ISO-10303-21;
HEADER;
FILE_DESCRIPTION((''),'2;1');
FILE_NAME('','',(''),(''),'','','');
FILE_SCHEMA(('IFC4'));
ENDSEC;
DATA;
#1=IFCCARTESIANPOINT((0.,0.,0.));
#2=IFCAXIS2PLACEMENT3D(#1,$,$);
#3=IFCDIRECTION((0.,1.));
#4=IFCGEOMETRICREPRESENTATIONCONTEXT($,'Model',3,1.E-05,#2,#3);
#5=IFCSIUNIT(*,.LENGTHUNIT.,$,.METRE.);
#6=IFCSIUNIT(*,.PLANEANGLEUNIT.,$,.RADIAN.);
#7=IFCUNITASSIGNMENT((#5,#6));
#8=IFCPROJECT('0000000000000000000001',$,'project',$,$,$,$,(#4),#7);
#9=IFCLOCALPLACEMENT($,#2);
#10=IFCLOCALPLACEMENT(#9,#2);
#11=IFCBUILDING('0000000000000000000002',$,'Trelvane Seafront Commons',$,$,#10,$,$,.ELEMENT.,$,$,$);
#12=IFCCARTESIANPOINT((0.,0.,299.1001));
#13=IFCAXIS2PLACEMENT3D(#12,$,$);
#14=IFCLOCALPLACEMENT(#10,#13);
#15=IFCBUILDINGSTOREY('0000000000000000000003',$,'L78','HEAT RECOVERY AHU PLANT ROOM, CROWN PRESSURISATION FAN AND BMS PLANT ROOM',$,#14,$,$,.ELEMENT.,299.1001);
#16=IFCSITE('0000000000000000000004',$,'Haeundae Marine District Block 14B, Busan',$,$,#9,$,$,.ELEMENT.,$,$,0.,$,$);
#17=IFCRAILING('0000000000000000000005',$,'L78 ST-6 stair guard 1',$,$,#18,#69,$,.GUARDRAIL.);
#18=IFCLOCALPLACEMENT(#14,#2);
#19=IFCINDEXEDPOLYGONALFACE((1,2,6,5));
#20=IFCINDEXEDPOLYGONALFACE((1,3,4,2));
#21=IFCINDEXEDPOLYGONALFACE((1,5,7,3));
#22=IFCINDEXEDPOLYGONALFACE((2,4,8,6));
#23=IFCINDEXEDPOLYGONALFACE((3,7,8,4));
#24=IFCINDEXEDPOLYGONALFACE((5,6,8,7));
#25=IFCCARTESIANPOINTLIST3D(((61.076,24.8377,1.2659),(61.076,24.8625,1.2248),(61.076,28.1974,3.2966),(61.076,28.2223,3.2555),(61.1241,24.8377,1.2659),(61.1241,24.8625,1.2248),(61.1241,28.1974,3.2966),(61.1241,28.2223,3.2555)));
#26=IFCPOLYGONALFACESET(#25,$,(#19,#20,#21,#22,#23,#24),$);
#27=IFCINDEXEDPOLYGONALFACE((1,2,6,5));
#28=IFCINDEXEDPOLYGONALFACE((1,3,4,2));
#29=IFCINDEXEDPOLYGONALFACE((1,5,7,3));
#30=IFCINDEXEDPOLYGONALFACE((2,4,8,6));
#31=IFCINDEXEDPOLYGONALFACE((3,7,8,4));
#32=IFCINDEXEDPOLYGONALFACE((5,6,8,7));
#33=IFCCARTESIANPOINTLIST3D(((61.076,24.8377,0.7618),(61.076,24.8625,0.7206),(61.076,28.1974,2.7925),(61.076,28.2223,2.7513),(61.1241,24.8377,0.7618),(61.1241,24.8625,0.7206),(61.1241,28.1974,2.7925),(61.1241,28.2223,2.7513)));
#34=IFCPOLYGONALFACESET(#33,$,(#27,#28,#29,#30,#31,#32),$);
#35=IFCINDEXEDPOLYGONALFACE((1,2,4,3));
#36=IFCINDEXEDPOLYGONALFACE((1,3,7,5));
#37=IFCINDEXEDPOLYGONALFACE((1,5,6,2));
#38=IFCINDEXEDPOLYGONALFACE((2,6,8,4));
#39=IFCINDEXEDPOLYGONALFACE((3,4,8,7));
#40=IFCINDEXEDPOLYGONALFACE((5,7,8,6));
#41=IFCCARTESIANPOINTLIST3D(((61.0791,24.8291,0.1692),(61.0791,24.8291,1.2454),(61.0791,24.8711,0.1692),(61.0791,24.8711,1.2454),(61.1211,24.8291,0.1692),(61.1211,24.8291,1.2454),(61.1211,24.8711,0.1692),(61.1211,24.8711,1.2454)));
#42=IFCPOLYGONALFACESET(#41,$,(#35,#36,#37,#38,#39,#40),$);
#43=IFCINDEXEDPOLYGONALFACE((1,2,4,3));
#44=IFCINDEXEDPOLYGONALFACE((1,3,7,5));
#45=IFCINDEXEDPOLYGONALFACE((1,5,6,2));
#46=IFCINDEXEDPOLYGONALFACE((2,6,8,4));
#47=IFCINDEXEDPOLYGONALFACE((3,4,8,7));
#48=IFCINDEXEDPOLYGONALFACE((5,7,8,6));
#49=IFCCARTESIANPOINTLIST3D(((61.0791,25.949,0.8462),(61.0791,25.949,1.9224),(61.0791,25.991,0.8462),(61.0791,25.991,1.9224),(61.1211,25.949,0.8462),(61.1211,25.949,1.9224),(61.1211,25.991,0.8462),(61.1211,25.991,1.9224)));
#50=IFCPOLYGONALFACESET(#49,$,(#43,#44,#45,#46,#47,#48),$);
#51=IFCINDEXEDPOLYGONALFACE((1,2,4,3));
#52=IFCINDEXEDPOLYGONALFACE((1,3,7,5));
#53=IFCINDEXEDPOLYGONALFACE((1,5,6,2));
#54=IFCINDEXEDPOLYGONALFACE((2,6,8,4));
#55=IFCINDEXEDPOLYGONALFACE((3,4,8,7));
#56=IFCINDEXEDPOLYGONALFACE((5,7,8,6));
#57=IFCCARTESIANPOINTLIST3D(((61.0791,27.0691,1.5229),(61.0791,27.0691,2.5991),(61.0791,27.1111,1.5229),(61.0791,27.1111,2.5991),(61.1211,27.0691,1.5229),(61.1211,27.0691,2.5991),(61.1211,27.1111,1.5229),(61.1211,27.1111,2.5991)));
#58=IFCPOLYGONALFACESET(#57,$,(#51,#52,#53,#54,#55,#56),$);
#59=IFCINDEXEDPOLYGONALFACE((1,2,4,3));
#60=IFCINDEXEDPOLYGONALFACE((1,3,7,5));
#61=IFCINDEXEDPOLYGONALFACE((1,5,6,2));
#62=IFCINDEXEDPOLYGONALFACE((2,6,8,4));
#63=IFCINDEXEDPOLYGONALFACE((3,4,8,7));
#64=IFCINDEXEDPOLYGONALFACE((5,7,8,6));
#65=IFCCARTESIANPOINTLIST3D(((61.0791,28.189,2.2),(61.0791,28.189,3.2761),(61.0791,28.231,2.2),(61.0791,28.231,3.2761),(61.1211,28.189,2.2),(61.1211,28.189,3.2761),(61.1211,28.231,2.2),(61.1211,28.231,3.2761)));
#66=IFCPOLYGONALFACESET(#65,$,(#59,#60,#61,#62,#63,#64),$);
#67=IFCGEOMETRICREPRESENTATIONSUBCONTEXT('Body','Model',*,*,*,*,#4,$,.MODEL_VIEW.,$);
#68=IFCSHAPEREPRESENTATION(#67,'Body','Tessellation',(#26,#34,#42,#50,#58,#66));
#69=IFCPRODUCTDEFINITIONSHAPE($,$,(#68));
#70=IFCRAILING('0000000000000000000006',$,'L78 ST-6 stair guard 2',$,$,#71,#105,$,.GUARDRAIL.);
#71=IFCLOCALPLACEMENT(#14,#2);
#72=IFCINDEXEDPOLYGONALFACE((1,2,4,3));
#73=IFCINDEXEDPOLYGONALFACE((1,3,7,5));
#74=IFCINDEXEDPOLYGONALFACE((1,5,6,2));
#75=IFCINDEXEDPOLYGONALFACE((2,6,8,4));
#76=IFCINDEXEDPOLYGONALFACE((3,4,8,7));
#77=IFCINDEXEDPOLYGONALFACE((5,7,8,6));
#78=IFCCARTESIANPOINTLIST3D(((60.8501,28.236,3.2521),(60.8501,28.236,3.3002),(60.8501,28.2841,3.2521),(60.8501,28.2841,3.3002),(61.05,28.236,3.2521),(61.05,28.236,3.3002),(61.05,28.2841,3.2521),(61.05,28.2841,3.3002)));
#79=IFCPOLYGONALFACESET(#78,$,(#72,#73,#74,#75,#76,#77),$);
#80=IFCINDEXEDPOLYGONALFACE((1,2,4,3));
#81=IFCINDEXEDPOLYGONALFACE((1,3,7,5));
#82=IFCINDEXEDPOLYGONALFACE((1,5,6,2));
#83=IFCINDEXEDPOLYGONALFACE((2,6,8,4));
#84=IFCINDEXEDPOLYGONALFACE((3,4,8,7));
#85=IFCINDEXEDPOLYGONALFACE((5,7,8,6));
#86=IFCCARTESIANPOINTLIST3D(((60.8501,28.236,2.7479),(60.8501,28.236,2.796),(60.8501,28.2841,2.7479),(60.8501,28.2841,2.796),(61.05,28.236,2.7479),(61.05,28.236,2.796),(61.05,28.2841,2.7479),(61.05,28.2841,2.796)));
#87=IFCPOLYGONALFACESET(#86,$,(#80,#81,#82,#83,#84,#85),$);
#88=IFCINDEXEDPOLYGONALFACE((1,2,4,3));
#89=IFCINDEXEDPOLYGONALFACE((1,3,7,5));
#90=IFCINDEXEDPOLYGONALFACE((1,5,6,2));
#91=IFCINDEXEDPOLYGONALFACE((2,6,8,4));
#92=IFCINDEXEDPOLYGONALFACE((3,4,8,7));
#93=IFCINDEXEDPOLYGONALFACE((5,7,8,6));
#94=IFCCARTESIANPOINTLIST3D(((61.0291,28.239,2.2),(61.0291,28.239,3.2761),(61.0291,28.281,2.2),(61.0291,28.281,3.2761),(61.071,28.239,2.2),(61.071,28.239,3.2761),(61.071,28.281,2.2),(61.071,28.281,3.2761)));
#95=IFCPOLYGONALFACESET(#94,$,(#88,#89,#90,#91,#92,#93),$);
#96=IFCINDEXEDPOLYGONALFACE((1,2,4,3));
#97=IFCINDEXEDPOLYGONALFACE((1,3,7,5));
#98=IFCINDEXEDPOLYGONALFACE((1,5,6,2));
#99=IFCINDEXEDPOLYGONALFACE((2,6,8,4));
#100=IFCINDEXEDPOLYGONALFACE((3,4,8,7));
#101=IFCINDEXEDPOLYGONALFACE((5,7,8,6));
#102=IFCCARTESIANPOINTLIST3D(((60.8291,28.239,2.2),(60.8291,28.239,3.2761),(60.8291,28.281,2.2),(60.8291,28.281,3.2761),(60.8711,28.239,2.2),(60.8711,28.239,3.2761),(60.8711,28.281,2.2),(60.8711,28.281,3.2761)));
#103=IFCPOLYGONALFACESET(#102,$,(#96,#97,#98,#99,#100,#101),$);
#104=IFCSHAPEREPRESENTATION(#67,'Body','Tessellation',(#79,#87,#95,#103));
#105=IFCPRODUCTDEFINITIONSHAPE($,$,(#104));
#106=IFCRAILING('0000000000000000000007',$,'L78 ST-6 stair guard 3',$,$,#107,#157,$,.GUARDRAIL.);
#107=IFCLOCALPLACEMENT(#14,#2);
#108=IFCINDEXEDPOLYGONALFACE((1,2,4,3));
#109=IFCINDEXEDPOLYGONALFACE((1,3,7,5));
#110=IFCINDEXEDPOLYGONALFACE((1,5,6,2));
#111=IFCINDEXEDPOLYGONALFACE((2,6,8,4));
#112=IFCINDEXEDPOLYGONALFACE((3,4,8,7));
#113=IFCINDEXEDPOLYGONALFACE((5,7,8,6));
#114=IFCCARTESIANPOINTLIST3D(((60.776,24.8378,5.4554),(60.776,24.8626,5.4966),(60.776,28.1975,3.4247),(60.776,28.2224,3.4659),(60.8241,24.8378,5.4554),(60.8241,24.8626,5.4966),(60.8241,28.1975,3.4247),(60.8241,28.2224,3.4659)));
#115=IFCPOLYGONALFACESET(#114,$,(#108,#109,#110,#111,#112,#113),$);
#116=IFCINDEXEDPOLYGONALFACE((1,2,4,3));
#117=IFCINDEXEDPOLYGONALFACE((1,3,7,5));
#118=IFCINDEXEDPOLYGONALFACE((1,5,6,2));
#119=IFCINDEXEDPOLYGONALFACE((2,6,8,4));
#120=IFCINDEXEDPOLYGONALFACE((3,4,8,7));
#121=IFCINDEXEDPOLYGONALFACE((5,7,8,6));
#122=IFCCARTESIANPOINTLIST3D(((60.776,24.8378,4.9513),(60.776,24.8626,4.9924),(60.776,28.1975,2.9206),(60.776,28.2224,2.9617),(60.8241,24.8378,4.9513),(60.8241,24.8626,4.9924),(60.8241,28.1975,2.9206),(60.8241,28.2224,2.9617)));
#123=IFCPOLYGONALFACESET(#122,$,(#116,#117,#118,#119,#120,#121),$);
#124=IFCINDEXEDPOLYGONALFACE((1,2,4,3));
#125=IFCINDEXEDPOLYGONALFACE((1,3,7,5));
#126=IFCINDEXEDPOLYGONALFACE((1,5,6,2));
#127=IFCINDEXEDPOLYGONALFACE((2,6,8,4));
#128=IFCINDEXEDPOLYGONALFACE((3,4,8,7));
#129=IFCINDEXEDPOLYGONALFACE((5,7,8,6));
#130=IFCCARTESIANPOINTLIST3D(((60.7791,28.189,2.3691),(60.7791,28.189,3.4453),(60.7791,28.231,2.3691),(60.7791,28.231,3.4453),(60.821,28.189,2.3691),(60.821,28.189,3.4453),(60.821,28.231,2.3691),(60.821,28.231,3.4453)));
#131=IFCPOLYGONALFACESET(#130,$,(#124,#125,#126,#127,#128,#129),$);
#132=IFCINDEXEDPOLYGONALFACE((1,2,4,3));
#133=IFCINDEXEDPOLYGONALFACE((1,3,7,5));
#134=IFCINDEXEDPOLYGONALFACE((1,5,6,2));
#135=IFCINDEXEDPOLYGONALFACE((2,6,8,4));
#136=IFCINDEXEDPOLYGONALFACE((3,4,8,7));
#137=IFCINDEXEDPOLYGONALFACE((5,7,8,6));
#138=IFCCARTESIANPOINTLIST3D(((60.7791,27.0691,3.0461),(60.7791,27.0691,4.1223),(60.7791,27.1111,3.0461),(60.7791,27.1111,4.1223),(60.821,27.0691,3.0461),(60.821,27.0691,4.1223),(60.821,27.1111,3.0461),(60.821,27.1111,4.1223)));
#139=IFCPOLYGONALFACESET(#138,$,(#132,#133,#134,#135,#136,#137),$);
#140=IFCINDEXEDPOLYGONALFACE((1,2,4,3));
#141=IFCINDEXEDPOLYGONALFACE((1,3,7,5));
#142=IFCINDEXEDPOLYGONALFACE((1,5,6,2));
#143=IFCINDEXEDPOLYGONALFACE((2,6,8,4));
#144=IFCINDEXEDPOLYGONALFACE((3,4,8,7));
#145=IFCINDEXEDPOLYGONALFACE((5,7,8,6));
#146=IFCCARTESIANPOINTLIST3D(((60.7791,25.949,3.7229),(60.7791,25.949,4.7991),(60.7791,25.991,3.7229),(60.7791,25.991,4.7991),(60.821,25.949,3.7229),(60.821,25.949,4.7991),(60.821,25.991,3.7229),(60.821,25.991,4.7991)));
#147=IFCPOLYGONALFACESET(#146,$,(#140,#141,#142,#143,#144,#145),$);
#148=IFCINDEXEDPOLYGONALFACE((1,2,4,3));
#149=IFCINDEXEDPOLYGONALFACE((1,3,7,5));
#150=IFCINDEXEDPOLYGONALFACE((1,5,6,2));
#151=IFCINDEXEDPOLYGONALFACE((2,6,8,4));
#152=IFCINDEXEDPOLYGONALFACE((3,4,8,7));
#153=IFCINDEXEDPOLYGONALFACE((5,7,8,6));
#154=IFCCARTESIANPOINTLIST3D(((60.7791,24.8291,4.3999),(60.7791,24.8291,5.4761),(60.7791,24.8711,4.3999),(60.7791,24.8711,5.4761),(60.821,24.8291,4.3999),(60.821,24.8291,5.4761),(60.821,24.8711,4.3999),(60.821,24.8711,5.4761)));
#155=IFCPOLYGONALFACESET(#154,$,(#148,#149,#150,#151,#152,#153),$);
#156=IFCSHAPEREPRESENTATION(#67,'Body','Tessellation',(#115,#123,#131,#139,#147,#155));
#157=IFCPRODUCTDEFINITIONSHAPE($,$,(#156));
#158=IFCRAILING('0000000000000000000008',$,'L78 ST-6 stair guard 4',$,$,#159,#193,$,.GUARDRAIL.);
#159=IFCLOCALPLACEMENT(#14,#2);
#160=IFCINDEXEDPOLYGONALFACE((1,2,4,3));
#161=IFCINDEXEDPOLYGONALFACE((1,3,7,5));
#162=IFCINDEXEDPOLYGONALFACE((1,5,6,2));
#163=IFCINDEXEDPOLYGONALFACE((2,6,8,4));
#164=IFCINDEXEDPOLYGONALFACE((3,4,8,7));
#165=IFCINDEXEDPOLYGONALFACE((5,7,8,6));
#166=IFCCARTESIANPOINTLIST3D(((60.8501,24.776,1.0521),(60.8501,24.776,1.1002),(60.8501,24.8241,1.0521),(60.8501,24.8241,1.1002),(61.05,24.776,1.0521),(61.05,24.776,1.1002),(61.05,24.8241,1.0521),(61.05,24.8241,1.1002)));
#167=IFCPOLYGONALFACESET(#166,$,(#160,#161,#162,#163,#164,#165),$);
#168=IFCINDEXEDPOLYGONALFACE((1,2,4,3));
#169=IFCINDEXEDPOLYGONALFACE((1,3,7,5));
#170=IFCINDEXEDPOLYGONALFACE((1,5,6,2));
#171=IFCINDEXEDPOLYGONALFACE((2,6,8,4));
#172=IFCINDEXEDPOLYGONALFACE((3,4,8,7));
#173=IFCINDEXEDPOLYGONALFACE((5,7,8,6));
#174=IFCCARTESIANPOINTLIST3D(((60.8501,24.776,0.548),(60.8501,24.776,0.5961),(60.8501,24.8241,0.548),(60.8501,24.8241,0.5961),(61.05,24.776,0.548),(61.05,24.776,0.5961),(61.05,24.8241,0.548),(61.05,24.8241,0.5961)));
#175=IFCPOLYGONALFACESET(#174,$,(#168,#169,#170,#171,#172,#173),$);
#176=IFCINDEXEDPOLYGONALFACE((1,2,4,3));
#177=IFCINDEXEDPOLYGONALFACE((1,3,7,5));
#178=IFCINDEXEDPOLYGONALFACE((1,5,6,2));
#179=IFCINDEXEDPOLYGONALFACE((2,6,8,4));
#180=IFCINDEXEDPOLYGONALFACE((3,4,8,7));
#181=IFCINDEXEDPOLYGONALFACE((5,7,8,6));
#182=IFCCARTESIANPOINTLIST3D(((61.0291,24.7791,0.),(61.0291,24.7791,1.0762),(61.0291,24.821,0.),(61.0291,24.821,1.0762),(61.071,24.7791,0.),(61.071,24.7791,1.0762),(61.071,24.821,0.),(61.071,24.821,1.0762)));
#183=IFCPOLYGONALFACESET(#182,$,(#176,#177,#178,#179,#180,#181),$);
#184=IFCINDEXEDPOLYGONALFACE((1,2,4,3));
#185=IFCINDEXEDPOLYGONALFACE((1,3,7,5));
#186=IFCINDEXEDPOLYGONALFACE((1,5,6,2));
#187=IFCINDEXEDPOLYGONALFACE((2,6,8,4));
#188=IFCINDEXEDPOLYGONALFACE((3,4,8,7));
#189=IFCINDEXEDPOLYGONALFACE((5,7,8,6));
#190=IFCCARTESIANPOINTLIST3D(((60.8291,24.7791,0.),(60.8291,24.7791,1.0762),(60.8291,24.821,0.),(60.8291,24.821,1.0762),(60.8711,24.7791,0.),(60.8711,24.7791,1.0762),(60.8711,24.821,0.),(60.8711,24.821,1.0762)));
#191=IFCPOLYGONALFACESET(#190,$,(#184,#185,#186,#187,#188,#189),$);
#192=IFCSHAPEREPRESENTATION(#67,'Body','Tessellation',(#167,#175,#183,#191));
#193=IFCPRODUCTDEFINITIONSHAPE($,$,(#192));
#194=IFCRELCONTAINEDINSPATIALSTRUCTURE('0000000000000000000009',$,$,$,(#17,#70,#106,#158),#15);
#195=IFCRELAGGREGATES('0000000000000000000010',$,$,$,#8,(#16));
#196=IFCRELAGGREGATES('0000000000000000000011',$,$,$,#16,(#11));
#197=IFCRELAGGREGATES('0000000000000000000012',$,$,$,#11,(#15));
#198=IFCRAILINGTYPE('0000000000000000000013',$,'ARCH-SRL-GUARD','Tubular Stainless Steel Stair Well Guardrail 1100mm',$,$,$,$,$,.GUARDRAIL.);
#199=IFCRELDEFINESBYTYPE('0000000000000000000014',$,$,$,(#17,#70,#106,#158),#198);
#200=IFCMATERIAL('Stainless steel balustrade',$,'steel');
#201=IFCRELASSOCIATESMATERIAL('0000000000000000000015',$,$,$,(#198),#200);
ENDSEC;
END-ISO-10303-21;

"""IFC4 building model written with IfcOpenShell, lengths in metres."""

from ifc_helpers import new_model, si_unit, direction, frame, origin, origin_2d, place, context, subcontext, project, spatial, rectangle, extrude, material, type_object, element, save


model = new_model("IFC4")

# Units and contexts
model_context = context("Model", 3, precision=1e-05, world=origin(), true_north=direction((0.0, 1.0)))
body_context = subcontext(model_context, "Body", "Model", "MODEL_VIEW")
ifc_project = project(units=[si_unit("LENGTHUNIT", "METRE"), si_unit("PLANEANGLEUNIT", "RADIAN")], contexts=[model_context])

# Site, building, storey
site_placement = place(None, origin())
site = spatial("IfcSite", under=ifc_project, at=site_placement, Name="Haeundae Marine District Block 14B, Busan", CompositionType="ELEMENT", RefElevation=0.0)
building_placement = place(site_placement, origin())
building = spatial("IfcBuilding", under=site, at=building_placement, Name="Trelvane Seafront Commons", CompositionType="ELEMENT")
storey_placement = place(building_placement, frame((0.0, 0.0, 299.1001)))
storey = spatial("IfcBuildingStorey", under=building, at=storey_placement, Name="L78", Description="HEAT RECOVERY AHU PLANT ROOM, CROWN PRESSURISATION FAN AND BMS PLANT ROOM", CompositionType="ELEMENT", Elevation=299.1001)

# Railings
ifc_material_1 = material(Name="Stainless steel balustrade", Category="steel")
railing_type_1 = type_object("IfcRailingType", Name="ARCH-SRL-GUARD", Description="Tubular Stainless Steel Stair Well Guardrail 1100mm", PredefinedType="GUARDRAIL", material=ifc_material_1)
railing_1_placement = place(storey_placement, frame((61.1001, 24.8501, 0.1692)))
element("IfcRailing", 1, at=railing_1_placement, inside=storey, type_object=railing_type_1, Name="L78 ST-6 stair guard 1", PredefinedType="GUARDRAIL", context=body_context, shape_type="SweptSolid", body=[
    extrude(rectangle(XDim=0.0481, YDim=0.0481, at=origin_2d()), frame((0.0, 0.0, 1.0762), z_axis=(0.0, 0.85582, 0.517273), x_axis=(-1.0, 0.0, 0.0)), (0.0, 0.0, 1.0), 3.9258),
    extrude(rectangle(XDim=0.0481, YDim=0.0481, at=origin_2d()), frame((0.0, 0.0, 0.572), z_axis=(0.0, 0.85582, 0.517273), x_axis=(-1.0, 0.0, 0.0)), (0.0, 0.0, 1.0), 3.9258),
    extrude(rectangle(XDim=0.042, YDim=0.042, at=origin_2d()), origin(), (0.0, 0.0, 1.0), 1.0762),
    extrude(rectangle(XDim=0.042, YDim=0.042, at=origin_2d()), frame((0.0, 1.1199, 0.677)), (0.0, 0.0, 1.0), 1.0762),
    extrude(rectangle(XDim=0.042, YDim=0.042, at=origin_2d()), frame((0.0, 2.24, 1.3538)), (0.0, 0.0, 1.0), 1.0762),
    extrude(rectangle(XDim=0.042, YDim=0.042, at=origin_2d()), frame((0.0, 3.3599, 2.0308)), (0.0, 0.0, 1.0), 1.0762),
])
railing_2_placement = place(storey_placement, frame((61.05, 28.26, 2.2)))
element("IfcRailing", 2, at=railing_2_placement, inside=storey, type_object=railing_type_1, Name="L78 ST-6 stair guard 2", PredefinedType="GUARDRAIL", context=body_context, shape_type="SweptSolid", body=[
    extrude(rectangle(XDim=0.0481, YDim=0.0481, at=origin_2d()), frame((0.0, 0.0, 1.0762), z_axis=(-1.0, 0.0, 0.0), x_axis=(0.0, -1.0, 0.0)), (0.0, 0.0, 1.0), 0.2),
    extrude(rectangle(XDim=0.0481, YDim=0.0481, at=origin_2d()), frame((0.0, 0.0, 0.572), z_axis=(-1.0, 0.0, 0.0), x_axis=(0.0, -1.0, 0.0)), (0.0, 0.0, 1.0), 0.2),
    extrude(rectangle(XDim=0.042, YDim=0.042, at=origin_2d()), origin(), (0.0, 0.0, 1.0), 1.0762),
    extrude(rectangle(XDim=0.042, YDim=0.042, at=origin_2d()), frame((-0.2, 0.0, 0.0)), (0.0, 0.0, 1.0), 1.0762),
])
railing_3_placement = place(storey_placement, frame((60.8, 28.21, 2.3691)))
element("IfcRailing", 3, at=railing_3_placement, inside=storey, type_object=railing_type_1, Name="L78 ST-6 stair guard 3", PredefinedType="GUARDRAIL", context=body_context, shape_type="SweptSolid", body=[
    extrude(rectangle(XDim=0.0481, YDim=0.0481, at=origin_2d()), frame((0.0, 0.0, 1.0762), z_axis=(0.0, -0.85582, 0.517273), x_axis=(1.0, 0.0, 0.0)), (0.0, 0.0, 1.0), 3.9258),
    extrude(rectangle(XDim=0.0481, YDim=0.0481, at=origin_2d()), frame((0.0, 0.0, 0.572), z_axis=(0.0, -0.85582, 0.517273), x_axis=(1.0, 0.0, 0.0)), (0.0, 0.0, 1.0), 3.9258),
    extrude(rectangle(XDim=0.042, YDim=0.042, at=origin_2d()), origin(), (0.0, 0.0, 1.0), 1.0762),
    extrude(rectangle(XDim=0.042, YDim=0.042, at=origin_2d()), frame((0.0, -1.1199, 0.677)), (0.0, 0.0, 1.0), 1.0762),
    extrude(rectangle(XDim=0.042, YDim=0.042, at=origin_2d()), frame((0.0, -2.24, 1.3538)), (0.0, 0.0, 1.0), 1.0762),
    extrude(rectangle(XDim=0.042, YDim=0.042, at=origin_2d()), frame((0.0, -3.3599, 2.0308)), (0.0, 0.0, 1.0), 1.0762),
])
railing_4_placement = place(storey_placement, frame((61.05, 24.8, 0.0)))
element("IfcRailing", 4, at=railing_4_placement, inside=storey, type_object=railing_type_1, Name="L78 ST-6 stair guard 4", PredefinedType="GUARDRAIL", context=body_context, shape_type="SweptSolid", body=[
    extrude(rectangle(XDim=0.0481, YDim=0.0481, at=origin_2d()), frame((0.0, 0.0, 1.0762), z_axis=(-1.0, 0.0, 0.0), x_axis=(0.0, -1.0, 0.0)), (0.0, 0.0, 1.0), 0.2),
    extrude(rectangle(XDim=0.0481, YDim=0.0481, at=origin_2d()), frame((0.0, 0.0, 0.572), z_axis=(-1.0, 0.0, 0.0), x_axis=(0.0, -1.0, 0.0)), (0.0, 0.0, 1.0), 0.2),
    extrude(rectangle(XDim=0.042, YDim=0.042, at=origin_2d()), origin(), (0.0, 0.0, 1.0), 1.0762),
    extrude(rectangle(XDim=0.042, YDim=0.042, at=origin_2d()), frame((-0.2, 0.0, 0.0)), (0.0, 0.0, 1.0), 1.0762),
])

save(model, "model.ifc")
